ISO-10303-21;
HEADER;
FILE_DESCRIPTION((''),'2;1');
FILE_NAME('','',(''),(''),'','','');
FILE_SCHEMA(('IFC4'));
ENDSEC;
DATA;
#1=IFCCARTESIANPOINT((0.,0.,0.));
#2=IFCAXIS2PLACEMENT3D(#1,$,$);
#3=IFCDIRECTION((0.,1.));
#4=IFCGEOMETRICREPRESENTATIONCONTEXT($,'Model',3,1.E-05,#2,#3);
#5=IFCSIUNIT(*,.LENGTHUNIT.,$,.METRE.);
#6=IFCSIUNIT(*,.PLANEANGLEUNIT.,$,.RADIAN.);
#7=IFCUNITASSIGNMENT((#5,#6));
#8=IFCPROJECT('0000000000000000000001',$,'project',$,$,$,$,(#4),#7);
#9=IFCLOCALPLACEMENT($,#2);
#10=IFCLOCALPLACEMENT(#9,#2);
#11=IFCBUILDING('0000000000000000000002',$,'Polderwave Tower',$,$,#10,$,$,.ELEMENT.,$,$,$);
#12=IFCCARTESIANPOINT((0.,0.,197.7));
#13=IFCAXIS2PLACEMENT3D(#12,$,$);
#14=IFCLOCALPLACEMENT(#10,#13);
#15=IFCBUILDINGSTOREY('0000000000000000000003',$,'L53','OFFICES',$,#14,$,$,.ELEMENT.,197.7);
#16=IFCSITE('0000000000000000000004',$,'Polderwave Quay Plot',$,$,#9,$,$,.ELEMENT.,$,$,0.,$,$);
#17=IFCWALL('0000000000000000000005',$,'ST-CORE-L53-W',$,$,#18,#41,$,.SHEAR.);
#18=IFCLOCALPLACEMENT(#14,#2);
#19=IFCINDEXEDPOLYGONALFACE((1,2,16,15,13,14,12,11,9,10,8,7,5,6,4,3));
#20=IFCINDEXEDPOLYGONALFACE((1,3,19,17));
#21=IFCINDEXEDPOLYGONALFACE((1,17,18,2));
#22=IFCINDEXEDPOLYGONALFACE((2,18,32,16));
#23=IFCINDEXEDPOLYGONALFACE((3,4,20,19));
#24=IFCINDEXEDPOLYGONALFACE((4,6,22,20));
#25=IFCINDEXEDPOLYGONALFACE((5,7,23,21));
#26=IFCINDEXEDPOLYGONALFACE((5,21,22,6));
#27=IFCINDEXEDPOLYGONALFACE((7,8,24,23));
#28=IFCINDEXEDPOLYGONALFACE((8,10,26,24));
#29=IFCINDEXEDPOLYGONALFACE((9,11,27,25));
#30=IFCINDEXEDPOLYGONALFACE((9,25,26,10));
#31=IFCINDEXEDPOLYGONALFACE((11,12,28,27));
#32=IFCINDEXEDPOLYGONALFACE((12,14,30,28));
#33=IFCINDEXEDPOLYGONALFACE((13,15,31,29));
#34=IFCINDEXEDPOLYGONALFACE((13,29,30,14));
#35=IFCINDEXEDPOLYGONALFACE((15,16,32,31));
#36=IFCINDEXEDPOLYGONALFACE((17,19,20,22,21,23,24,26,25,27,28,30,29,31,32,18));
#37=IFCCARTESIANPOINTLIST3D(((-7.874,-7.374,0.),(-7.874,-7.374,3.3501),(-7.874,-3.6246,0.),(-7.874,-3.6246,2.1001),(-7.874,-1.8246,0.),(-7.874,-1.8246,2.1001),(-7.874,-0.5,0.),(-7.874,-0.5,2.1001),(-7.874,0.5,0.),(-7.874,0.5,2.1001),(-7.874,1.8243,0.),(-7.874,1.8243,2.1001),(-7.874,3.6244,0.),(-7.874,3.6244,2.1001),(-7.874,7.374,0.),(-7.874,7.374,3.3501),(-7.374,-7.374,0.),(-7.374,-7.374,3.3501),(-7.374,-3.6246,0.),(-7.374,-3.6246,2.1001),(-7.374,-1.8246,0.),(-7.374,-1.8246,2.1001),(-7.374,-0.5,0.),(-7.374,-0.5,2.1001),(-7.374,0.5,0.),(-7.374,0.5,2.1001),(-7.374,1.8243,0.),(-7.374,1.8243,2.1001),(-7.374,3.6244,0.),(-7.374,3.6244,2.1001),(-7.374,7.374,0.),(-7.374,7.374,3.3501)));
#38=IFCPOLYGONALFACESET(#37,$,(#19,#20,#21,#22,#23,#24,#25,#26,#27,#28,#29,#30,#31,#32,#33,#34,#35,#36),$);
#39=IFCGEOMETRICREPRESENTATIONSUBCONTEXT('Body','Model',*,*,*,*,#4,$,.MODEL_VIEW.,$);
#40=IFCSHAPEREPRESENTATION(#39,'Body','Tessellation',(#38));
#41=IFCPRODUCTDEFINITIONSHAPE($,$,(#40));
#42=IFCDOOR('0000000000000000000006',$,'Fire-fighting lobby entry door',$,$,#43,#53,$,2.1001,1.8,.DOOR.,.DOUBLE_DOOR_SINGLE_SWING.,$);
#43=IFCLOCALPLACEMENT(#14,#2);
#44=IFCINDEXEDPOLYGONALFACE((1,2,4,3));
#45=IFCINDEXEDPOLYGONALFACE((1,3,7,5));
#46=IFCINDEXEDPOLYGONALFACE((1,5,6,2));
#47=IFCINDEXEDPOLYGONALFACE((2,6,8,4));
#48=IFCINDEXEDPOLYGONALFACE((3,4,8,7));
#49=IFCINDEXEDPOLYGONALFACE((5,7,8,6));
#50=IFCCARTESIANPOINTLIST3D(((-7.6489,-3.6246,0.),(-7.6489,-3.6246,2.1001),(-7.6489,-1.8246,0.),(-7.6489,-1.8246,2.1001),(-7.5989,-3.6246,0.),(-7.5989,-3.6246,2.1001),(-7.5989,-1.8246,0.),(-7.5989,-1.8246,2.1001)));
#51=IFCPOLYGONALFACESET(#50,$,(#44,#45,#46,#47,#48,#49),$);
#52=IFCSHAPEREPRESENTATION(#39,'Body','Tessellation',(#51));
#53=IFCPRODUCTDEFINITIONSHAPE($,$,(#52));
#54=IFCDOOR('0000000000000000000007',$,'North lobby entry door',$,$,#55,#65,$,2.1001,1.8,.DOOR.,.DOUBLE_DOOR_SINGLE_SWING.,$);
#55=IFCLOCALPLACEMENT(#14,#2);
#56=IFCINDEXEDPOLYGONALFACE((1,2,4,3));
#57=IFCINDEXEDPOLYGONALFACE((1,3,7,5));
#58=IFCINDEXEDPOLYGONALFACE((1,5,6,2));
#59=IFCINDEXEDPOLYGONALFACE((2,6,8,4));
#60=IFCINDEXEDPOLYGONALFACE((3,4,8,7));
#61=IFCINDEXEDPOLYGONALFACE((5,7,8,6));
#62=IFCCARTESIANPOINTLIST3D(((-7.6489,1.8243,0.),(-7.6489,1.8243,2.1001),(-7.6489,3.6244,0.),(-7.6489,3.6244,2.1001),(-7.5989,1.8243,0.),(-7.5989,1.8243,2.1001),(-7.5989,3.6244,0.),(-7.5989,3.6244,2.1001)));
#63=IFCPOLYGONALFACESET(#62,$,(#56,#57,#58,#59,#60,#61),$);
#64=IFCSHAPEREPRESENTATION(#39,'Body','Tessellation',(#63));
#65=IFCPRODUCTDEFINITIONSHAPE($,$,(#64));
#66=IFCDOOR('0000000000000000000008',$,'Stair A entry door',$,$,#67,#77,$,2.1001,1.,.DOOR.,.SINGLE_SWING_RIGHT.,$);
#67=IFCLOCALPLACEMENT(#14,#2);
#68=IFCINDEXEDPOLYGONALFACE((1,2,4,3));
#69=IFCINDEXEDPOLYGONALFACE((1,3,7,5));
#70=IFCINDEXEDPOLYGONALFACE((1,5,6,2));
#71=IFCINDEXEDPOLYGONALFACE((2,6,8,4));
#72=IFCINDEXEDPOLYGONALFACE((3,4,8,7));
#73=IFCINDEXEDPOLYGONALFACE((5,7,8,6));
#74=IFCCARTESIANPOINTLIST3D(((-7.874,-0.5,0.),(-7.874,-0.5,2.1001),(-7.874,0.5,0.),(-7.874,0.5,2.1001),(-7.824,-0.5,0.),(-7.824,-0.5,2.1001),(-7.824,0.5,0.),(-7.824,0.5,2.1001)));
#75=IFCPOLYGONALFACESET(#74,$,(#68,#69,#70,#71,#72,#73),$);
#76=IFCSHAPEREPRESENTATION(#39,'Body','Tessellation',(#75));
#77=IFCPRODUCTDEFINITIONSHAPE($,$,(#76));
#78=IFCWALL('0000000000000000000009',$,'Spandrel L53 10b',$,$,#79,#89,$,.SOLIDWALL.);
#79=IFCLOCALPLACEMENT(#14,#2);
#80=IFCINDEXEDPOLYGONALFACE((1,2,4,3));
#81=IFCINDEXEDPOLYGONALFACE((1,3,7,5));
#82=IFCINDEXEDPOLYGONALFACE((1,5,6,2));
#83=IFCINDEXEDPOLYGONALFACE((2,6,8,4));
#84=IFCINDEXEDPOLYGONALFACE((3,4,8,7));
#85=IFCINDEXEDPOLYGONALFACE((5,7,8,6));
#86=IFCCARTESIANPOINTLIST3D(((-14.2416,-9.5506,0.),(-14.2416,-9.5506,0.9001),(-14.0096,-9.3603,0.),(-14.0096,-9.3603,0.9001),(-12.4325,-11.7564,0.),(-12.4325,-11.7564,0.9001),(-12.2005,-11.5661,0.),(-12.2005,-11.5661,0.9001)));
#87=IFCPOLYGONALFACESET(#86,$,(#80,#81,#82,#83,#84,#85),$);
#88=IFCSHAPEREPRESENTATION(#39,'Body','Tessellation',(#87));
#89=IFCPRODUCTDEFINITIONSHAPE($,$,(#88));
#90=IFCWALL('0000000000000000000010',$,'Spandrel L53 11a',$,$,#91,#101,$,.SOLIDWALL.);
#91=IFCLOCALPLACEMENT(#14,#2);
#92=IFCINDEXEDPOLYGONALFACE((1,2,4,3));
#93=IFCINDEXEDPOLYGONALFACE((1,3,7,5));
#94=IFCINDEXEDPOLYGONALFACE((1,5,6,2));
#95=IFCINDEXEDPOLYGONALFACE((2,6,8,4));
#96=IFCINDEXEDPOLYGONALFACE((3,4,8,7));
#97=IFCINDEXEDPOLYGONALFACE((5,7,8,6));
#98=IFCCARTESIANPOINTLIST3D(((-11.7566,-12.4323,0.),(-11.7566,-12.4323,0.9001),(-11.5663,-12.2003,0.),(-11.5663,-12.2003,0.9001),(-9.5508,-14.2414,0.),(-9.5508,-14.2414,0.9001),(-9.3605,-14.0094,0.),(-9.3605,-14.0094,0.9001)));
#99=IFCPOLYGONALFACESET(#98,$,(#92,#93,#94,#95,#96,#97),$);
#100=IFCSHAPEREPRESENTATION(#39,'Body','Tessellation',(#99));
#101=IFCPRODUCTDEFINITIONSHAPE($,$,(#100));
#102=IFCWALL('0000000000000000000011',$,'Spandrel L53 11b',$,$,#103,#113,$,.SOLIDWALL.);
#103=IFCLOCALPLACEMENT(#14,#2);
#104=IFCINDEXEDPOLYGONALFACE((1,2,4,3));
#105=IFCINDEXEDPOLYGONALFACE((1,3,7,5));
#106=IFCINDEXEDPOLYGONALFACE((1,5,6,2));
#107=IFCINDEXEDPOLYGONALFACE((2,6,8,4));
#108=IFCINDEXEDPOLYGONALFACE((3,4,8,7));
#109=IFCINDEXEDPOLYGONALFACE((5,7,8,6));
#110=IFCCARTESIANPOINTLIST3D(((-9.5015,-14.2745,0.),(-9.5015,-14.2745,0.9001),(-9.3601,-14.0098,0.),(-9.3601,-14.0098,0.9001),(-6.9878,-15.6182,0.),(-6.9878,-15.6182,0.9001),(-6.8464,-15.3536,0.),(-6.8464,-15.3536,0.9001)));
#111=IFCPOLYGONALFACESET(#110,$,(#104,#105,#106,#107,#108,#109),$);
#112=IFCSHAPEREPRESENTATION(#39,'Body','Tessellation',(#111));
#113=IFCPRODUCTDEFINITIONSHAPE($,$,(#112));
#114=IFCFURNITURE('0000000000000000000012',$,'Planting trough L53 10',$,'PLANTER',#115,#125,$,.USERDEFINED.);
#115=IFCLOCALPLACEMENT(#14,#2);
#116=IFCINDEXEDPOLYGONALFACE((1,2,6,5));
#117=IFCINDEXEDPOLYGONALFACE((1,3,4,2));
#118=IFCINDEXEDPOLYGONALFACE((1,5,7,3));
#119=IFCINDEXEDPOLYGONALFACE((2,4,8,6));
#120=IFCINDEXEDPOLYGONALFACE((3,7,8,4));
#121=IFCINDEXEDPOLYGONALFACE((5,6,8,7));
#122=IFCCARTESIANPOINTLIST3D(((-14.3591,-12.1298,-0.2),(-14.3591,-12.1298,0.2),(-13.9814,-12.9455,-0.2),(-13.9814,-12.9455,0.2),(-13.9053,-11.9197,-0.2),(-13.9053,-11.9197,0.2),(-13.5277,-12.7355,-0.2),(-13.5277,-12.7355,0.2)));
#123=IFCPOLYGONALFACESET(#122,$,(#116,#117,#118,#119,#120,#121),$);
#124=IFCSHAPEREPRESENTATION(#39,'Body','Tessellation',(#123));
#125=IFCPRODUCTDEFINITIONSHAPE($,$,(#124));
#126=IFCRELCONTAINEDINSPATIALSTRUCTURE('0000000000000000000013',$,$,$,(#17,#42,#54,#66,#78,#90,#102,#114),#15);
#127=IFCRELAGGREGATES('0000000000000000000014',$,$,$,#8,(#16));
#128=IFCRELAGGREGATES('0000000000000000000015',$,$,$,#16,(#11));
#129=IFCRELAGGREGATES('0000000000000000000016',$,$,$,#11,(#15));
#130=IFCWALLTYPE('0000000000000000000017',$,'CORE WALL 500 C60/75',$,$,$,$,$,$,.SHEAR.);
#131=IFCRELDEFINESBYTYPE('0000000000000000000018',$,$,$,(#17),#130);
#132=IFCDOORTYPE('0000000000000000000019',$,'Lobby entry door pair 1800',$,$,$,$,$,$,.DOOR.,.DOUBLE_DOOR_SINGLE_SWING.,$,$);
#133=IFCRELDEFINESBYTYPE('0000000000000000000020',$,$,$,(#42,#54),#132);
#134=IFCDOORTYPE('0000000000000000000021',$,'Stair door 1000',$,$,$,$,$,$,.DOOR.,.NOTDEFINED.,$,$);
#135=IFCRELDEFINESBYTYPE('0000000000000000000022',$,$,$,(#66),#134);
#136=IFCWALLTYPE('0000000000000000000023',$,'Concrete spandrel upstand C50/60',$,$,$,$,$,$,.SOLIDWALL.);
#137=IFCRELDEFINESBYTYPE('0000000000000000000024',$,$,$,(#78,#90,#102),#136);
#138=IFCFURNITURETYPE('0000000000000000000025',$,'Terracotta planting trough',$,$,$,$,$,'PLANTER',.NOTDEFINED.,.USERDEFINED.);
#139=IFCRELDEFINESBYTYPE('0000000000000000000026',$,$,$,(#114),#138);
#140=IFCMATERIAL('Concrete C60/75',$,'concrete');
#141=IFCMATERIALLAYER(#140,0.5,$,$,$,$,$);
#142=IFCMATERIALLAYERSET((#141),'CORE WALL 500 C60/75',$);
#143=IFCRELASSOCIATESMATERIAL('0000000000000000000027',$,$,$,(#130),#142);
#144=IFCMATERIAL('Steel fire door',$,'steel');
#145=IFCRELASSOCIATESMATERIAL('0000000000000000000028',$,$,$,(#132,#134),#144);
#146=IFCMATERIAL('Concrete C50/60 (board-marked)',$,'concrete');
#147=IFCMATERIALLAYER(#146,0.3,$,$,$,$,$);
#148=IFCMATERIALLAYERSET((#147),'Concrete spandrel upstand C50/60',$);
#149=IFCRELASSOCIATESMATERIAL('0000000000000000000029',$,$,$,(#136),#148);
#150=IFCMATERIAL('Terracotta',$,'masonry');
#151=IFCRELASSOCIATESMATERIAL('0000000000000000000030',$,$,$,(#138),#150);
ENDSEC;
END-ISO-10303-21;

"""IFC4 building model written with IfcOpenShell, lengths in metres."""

from ifc_helpers import new_model, si_unit, direction, frame, frame_2d, origin, origin_2d, place, context, subcontext, project, spatial, rectangle, extrude, material, layer, layer_set, type_object, element, fill, save


model = new_model("IFC4")

# Units and contexts
model_context = context("Model", 3, precision=1e-05, world=origin(), true_north=direction((0.0, 1.0)))
body_context = subcontext(model_context, "Body", "Model", "MODEL_VIEW")
ifc_project = project(units=[si_unit("LENGTHUNIT", "METRE"), si_unit("PLANEANGLEUNIT", "RADIAN")], contexts=[model_context])

# Site, building, storey
site_placement = place(None, origin())
site = spatial("IfcSite", under=ifc_project, at=site_placement, Name="Polderwave Quay Plot", CompositionType="ELEMENT", RefElevation=0.0)
building_placement = place(site_placement, origin())
building = spatial("IfcBuilding", under=site, at=building_placement, Name="Polderwave Tower", CompositionType="ELEMENT")
storey_placement = place(building_placement, frame((0.0, 0.0, 197.7)))
storey = spatial("IfcBuildingStorey", under=building, at=storey_placement, Name="L53", Description="OFFICES", CompositionType="ELEMENT", Elevation=197.7)

# Shared definitions
ifc_material_1 = material(Name="Concrete C60/75", Category="concrete")

# Shared definitions
ifc_layer_1 = layer(ifc_material_1, 0.5)
ifc_layer_set_1 = layer_set([ifc_layer_1], Name="CORE WALL 500 C60/75")
wall_type_1 = type_object("IfcWallType", Name="CORE WALL 500 C60/75", PredefinedType="SHEAR", material=ifc_layer_set_1)

# Wall, openings, doors
wall_1_placement = place(storey_placement, frame((-7.624, -7.374, 0.0), z_axis=(0.0, 0.0, 1.0), x_axis=(0.0, 1.0, 0.0)))
wall_1 = element("IfcWall", 1, at=wall_1_placement, inside=storey, type_object=wall_type_1, Name="ST-CORE-L53-W", PredefinedType="SHEAR", context=body_context, shape_type="SweptSolid", body=[
    extrude(rectangle(XDim=14.748, YDim=0.5, at=frame_2d((7.374, 0.0))), origin(), (0.0, 0.0, 1.0), 3.3501),
])
opening_1_placement = place(wall_1_placement, frame((6.874, 0.0, 0.0)))
opening_1 = element("IfcOpeningElement", 2, at=opening_1_placement, cuts=wall_1, PredefinedType="OPENING", context=body_context, shape_type="SweptSolid", body=[
    extrude(rectangle(XDim=1.0, YDim=2.1001, at=frame_2d((0.5, 1.05))), frame((0.0, 0.26, 0.0), z_axis=(0.0, -1.0, 0.0), x_axis=(1.0, 0.0, 0.0)), (0.0, 0.0, 1.0), 0.52),
])
opening_2_placement = place(wall_1_placement, frame((3.7495, 0.0, 0.0)))
opening_2 = element("IfcOpeningElement", 3, at=opening_2_placement, cuts=wall_1, PredefinedType="OPENING", context=body_context, shape_type="SweptSolid", body=[
    extrude(rectangle(XDim=1.8, YDim=2.1001, at=frame_2d((0.8999, 1.05))), frame((0.0, 0.26, 0.0), z_axis=(0.0, -1.0, 0.0), x_axis=(1.0, 0.0, 0.0)), (0.0, 0.0, 1.0), 0.52),
])
opening_3_placement = place(wall_1_placement, frame((9.1985, 0.0, 0.0)))
opening_3 = element("IfcOpeningElement", 4, at=opening_3_placement, cuts=wall_1, PredefinedType="OPENING", context=body_context, shape_type="SweptSolid", body=[
    extrude(rectangle(XDim=1.8, YDim=2.1001, at=frame_2d((0.8999, 1.05))), frame((0.0, 0.26, 0.0), z_axis=(0.0, -1.0, 0.0), x_axis=(1.0, 0.0, 0.0)), (0.0, 0.0, 1.0), 0.52),
])
ifc_material_2 = material(Name="Steel fire door", Category="steel")
door_type_1 = type_object("IfcDoorType", Name="Lobby entry door pair 1800", OperationType="DOUBLE_DOOR_SINGLE_SWING", PredefinedType="DOOR", material=ifc_material_2)
door_1_placement = place(opening_2_placement, origin())
door_1 = element("IfcDoor", 5, at=door_1_placement, inside=storey, type_object=door_type_1, Name="Fire-fighting lobby entry door", OperationType="DOUBLE_DOOR_SINGLE_SWING", OverallHeight=2.1001, OverallWidth=1.8, PredefinedType="DOOR", context=body_context, shape_type="SweptSolid", body=[
    extrude(rectangle(XDim=1.8, YDim=2.1001, at=frame_2d((0.8999, 1.05))), frame((0.0, 0.0249, 0.0), z_axis=(0.0, -1.0, 0.0), x_axis=(1.0, 0.0, 0.0)), (0.0, 0.0, 1.0), 0.05),
])
fill(opening_2, door_1)
door_2_placement = place(opening_3_placement, origin())
door_2 = element("IfcDoor", 6, at=door_2_placement, inside=storey, type_object=door_type_1, Name="North lobby entry door", OperationType="DOUBLE_DOOR_SINGLE_SWING", OverallHeight=2.1001, OverallWidth=1.8, PredefinedType="DOOR", context=body_context, shape_type="SweptSolid", body=[
    extrude(rectangle(XDim=1.8, YDim=2.1001, at=frame_2d((0.8999, 1.05))), frame((0.0, 0.0249, 0.0), z_axis=(0.0, -1.0, 0.0), x_axis=(1.0, 0.0, 0.0)), (0.0, 0.0, 1.0), 0.05),
])
fill(opening_3, door_2)
door_type_2 = type_object("IfcDoorType", Name="Stair door 1000", OperationType="NOTDEFINED", PredefinedType="DOOR", material=ifc_material_2)
door_3_placement = place(opening_1_placement, origin())
door_3 = element("IfcDoor", 7, at=door_3_placement, inside=storey, type_object=door_type_2, Name="Stair A entry door", OperationType="SINGLE_SWING_RIGHT", OverallHeight=2.1001, OverallWidth=1.0, PredefinedType="DOOR", context=body_context, shape_type="SweptSolid", body=[
    extrude(rectangle(XDim=1.0, YDim=2.1001, at=frame_2d((0.5, 1.05))), frame((0.0, 0.25, 0.0), z_axis=(0.0, -1.0, 0.0), x_axis=(1.0, 0.0, 0.0)), (0.0, 0.0, 1.0), 0.05),
])
fill(opening_1, door_3)

# Walls
ifc_material_3 = material(Name="Concrete C50/60 (board-marked)", Category="concrete")
ifc_layer_2 = layer(ifc_material_3, 0.3)
ifc_layer_set_2 = layer_set([ifc_layer_2], Name="Concrete spandrel upstand C50/60")
wall_type_2 = type_object("IfcWallType", Name="Concrete spandrel upstand C50/60", PredefinedType="SOLIDWALL", material=ifc_layer_set_2)
for number, where, z_axis, x_axis, name in (
    (8, (-14.1255, -9.4556, 0.0), (0.0, 0.0, 1.0), (0.634146, -0.773213, 0.0), "Spandrel L53 10b"),
    (9, (-11.6614, -12.3164, 0.0), (0.0, 0.0, 1.0), (0.773213, -0.634146, 0.0), "Spandrel L53 11a"),
):
    element("IfcWall", number, at=place(storey_placement, frame(where, z_axis=z_axis, x_axis=x_axis)), inside=storey, type_object=wall_type_2, Name=name, PredefinedType="SOLIDWALL", context=body_context, shape_type="SweptSolid", body=[
        extrude(rectangle(XDim=2.8528, YDim=0.3, at=frame_2d((1.4263, 0.0))), origin(), (0.0, 0.0, 1.0), 0.9001),
    ])
wall_2_placement = place(storey_placement, frame((-9.4309, -14.1421, 0.0), z_axis=(0.0, 0.0, 1.0), x_axis=(0.881897, -0.471442, 0.0)))
element("IfcWall", 10, at=wall_2_placement, inside=storey, type_object=wall_type_2, Name="Spandrel L53 11b", PredefinedType="SOLIDWALL", context=body_context, shape_type="SweptSolid", body=[
    extrude(rectangle(XDim=2.8503, YDim=0.3, at=frame_2d((1.4253, 0.0))), origin(), (0.0, 0.0, 1.0), 0.9001),
])

# Furniture
ifc_material_4 = material(Name="Terracotta", Category="masonry")
furniture_type = type_object("IfcFurnitureType", Name="Terracotta planting trough", ElementType="PLANTER", AssemblyPlace="NOTDEFINED", PredefinedType="USERDEFINED", material=ifc_material_4)
furniture_placement = place(storey_placement, frame((-13.9434, -12.4326, -0.2), z_axis=(0.0, 0.0, 1.0), x_axis=(0.420125, -0.907466, 0.0)))
element("IfcFurniture", 11, at=furniture_placement, inside=storey, type_object=furniture_type, Name="Planting trough L53 10", ObjectType="PLANTER", PredefinedType="USERDEFINED", context=body_context, shape_type="SweptSolid", body=[
    extrude(rectangle(XDim=0.8989, YDim=0.5, at=origin_2d()), origin(), (0.0, 0.0, 1.0), 0.3999),
])

save(model, "model.ifc")
